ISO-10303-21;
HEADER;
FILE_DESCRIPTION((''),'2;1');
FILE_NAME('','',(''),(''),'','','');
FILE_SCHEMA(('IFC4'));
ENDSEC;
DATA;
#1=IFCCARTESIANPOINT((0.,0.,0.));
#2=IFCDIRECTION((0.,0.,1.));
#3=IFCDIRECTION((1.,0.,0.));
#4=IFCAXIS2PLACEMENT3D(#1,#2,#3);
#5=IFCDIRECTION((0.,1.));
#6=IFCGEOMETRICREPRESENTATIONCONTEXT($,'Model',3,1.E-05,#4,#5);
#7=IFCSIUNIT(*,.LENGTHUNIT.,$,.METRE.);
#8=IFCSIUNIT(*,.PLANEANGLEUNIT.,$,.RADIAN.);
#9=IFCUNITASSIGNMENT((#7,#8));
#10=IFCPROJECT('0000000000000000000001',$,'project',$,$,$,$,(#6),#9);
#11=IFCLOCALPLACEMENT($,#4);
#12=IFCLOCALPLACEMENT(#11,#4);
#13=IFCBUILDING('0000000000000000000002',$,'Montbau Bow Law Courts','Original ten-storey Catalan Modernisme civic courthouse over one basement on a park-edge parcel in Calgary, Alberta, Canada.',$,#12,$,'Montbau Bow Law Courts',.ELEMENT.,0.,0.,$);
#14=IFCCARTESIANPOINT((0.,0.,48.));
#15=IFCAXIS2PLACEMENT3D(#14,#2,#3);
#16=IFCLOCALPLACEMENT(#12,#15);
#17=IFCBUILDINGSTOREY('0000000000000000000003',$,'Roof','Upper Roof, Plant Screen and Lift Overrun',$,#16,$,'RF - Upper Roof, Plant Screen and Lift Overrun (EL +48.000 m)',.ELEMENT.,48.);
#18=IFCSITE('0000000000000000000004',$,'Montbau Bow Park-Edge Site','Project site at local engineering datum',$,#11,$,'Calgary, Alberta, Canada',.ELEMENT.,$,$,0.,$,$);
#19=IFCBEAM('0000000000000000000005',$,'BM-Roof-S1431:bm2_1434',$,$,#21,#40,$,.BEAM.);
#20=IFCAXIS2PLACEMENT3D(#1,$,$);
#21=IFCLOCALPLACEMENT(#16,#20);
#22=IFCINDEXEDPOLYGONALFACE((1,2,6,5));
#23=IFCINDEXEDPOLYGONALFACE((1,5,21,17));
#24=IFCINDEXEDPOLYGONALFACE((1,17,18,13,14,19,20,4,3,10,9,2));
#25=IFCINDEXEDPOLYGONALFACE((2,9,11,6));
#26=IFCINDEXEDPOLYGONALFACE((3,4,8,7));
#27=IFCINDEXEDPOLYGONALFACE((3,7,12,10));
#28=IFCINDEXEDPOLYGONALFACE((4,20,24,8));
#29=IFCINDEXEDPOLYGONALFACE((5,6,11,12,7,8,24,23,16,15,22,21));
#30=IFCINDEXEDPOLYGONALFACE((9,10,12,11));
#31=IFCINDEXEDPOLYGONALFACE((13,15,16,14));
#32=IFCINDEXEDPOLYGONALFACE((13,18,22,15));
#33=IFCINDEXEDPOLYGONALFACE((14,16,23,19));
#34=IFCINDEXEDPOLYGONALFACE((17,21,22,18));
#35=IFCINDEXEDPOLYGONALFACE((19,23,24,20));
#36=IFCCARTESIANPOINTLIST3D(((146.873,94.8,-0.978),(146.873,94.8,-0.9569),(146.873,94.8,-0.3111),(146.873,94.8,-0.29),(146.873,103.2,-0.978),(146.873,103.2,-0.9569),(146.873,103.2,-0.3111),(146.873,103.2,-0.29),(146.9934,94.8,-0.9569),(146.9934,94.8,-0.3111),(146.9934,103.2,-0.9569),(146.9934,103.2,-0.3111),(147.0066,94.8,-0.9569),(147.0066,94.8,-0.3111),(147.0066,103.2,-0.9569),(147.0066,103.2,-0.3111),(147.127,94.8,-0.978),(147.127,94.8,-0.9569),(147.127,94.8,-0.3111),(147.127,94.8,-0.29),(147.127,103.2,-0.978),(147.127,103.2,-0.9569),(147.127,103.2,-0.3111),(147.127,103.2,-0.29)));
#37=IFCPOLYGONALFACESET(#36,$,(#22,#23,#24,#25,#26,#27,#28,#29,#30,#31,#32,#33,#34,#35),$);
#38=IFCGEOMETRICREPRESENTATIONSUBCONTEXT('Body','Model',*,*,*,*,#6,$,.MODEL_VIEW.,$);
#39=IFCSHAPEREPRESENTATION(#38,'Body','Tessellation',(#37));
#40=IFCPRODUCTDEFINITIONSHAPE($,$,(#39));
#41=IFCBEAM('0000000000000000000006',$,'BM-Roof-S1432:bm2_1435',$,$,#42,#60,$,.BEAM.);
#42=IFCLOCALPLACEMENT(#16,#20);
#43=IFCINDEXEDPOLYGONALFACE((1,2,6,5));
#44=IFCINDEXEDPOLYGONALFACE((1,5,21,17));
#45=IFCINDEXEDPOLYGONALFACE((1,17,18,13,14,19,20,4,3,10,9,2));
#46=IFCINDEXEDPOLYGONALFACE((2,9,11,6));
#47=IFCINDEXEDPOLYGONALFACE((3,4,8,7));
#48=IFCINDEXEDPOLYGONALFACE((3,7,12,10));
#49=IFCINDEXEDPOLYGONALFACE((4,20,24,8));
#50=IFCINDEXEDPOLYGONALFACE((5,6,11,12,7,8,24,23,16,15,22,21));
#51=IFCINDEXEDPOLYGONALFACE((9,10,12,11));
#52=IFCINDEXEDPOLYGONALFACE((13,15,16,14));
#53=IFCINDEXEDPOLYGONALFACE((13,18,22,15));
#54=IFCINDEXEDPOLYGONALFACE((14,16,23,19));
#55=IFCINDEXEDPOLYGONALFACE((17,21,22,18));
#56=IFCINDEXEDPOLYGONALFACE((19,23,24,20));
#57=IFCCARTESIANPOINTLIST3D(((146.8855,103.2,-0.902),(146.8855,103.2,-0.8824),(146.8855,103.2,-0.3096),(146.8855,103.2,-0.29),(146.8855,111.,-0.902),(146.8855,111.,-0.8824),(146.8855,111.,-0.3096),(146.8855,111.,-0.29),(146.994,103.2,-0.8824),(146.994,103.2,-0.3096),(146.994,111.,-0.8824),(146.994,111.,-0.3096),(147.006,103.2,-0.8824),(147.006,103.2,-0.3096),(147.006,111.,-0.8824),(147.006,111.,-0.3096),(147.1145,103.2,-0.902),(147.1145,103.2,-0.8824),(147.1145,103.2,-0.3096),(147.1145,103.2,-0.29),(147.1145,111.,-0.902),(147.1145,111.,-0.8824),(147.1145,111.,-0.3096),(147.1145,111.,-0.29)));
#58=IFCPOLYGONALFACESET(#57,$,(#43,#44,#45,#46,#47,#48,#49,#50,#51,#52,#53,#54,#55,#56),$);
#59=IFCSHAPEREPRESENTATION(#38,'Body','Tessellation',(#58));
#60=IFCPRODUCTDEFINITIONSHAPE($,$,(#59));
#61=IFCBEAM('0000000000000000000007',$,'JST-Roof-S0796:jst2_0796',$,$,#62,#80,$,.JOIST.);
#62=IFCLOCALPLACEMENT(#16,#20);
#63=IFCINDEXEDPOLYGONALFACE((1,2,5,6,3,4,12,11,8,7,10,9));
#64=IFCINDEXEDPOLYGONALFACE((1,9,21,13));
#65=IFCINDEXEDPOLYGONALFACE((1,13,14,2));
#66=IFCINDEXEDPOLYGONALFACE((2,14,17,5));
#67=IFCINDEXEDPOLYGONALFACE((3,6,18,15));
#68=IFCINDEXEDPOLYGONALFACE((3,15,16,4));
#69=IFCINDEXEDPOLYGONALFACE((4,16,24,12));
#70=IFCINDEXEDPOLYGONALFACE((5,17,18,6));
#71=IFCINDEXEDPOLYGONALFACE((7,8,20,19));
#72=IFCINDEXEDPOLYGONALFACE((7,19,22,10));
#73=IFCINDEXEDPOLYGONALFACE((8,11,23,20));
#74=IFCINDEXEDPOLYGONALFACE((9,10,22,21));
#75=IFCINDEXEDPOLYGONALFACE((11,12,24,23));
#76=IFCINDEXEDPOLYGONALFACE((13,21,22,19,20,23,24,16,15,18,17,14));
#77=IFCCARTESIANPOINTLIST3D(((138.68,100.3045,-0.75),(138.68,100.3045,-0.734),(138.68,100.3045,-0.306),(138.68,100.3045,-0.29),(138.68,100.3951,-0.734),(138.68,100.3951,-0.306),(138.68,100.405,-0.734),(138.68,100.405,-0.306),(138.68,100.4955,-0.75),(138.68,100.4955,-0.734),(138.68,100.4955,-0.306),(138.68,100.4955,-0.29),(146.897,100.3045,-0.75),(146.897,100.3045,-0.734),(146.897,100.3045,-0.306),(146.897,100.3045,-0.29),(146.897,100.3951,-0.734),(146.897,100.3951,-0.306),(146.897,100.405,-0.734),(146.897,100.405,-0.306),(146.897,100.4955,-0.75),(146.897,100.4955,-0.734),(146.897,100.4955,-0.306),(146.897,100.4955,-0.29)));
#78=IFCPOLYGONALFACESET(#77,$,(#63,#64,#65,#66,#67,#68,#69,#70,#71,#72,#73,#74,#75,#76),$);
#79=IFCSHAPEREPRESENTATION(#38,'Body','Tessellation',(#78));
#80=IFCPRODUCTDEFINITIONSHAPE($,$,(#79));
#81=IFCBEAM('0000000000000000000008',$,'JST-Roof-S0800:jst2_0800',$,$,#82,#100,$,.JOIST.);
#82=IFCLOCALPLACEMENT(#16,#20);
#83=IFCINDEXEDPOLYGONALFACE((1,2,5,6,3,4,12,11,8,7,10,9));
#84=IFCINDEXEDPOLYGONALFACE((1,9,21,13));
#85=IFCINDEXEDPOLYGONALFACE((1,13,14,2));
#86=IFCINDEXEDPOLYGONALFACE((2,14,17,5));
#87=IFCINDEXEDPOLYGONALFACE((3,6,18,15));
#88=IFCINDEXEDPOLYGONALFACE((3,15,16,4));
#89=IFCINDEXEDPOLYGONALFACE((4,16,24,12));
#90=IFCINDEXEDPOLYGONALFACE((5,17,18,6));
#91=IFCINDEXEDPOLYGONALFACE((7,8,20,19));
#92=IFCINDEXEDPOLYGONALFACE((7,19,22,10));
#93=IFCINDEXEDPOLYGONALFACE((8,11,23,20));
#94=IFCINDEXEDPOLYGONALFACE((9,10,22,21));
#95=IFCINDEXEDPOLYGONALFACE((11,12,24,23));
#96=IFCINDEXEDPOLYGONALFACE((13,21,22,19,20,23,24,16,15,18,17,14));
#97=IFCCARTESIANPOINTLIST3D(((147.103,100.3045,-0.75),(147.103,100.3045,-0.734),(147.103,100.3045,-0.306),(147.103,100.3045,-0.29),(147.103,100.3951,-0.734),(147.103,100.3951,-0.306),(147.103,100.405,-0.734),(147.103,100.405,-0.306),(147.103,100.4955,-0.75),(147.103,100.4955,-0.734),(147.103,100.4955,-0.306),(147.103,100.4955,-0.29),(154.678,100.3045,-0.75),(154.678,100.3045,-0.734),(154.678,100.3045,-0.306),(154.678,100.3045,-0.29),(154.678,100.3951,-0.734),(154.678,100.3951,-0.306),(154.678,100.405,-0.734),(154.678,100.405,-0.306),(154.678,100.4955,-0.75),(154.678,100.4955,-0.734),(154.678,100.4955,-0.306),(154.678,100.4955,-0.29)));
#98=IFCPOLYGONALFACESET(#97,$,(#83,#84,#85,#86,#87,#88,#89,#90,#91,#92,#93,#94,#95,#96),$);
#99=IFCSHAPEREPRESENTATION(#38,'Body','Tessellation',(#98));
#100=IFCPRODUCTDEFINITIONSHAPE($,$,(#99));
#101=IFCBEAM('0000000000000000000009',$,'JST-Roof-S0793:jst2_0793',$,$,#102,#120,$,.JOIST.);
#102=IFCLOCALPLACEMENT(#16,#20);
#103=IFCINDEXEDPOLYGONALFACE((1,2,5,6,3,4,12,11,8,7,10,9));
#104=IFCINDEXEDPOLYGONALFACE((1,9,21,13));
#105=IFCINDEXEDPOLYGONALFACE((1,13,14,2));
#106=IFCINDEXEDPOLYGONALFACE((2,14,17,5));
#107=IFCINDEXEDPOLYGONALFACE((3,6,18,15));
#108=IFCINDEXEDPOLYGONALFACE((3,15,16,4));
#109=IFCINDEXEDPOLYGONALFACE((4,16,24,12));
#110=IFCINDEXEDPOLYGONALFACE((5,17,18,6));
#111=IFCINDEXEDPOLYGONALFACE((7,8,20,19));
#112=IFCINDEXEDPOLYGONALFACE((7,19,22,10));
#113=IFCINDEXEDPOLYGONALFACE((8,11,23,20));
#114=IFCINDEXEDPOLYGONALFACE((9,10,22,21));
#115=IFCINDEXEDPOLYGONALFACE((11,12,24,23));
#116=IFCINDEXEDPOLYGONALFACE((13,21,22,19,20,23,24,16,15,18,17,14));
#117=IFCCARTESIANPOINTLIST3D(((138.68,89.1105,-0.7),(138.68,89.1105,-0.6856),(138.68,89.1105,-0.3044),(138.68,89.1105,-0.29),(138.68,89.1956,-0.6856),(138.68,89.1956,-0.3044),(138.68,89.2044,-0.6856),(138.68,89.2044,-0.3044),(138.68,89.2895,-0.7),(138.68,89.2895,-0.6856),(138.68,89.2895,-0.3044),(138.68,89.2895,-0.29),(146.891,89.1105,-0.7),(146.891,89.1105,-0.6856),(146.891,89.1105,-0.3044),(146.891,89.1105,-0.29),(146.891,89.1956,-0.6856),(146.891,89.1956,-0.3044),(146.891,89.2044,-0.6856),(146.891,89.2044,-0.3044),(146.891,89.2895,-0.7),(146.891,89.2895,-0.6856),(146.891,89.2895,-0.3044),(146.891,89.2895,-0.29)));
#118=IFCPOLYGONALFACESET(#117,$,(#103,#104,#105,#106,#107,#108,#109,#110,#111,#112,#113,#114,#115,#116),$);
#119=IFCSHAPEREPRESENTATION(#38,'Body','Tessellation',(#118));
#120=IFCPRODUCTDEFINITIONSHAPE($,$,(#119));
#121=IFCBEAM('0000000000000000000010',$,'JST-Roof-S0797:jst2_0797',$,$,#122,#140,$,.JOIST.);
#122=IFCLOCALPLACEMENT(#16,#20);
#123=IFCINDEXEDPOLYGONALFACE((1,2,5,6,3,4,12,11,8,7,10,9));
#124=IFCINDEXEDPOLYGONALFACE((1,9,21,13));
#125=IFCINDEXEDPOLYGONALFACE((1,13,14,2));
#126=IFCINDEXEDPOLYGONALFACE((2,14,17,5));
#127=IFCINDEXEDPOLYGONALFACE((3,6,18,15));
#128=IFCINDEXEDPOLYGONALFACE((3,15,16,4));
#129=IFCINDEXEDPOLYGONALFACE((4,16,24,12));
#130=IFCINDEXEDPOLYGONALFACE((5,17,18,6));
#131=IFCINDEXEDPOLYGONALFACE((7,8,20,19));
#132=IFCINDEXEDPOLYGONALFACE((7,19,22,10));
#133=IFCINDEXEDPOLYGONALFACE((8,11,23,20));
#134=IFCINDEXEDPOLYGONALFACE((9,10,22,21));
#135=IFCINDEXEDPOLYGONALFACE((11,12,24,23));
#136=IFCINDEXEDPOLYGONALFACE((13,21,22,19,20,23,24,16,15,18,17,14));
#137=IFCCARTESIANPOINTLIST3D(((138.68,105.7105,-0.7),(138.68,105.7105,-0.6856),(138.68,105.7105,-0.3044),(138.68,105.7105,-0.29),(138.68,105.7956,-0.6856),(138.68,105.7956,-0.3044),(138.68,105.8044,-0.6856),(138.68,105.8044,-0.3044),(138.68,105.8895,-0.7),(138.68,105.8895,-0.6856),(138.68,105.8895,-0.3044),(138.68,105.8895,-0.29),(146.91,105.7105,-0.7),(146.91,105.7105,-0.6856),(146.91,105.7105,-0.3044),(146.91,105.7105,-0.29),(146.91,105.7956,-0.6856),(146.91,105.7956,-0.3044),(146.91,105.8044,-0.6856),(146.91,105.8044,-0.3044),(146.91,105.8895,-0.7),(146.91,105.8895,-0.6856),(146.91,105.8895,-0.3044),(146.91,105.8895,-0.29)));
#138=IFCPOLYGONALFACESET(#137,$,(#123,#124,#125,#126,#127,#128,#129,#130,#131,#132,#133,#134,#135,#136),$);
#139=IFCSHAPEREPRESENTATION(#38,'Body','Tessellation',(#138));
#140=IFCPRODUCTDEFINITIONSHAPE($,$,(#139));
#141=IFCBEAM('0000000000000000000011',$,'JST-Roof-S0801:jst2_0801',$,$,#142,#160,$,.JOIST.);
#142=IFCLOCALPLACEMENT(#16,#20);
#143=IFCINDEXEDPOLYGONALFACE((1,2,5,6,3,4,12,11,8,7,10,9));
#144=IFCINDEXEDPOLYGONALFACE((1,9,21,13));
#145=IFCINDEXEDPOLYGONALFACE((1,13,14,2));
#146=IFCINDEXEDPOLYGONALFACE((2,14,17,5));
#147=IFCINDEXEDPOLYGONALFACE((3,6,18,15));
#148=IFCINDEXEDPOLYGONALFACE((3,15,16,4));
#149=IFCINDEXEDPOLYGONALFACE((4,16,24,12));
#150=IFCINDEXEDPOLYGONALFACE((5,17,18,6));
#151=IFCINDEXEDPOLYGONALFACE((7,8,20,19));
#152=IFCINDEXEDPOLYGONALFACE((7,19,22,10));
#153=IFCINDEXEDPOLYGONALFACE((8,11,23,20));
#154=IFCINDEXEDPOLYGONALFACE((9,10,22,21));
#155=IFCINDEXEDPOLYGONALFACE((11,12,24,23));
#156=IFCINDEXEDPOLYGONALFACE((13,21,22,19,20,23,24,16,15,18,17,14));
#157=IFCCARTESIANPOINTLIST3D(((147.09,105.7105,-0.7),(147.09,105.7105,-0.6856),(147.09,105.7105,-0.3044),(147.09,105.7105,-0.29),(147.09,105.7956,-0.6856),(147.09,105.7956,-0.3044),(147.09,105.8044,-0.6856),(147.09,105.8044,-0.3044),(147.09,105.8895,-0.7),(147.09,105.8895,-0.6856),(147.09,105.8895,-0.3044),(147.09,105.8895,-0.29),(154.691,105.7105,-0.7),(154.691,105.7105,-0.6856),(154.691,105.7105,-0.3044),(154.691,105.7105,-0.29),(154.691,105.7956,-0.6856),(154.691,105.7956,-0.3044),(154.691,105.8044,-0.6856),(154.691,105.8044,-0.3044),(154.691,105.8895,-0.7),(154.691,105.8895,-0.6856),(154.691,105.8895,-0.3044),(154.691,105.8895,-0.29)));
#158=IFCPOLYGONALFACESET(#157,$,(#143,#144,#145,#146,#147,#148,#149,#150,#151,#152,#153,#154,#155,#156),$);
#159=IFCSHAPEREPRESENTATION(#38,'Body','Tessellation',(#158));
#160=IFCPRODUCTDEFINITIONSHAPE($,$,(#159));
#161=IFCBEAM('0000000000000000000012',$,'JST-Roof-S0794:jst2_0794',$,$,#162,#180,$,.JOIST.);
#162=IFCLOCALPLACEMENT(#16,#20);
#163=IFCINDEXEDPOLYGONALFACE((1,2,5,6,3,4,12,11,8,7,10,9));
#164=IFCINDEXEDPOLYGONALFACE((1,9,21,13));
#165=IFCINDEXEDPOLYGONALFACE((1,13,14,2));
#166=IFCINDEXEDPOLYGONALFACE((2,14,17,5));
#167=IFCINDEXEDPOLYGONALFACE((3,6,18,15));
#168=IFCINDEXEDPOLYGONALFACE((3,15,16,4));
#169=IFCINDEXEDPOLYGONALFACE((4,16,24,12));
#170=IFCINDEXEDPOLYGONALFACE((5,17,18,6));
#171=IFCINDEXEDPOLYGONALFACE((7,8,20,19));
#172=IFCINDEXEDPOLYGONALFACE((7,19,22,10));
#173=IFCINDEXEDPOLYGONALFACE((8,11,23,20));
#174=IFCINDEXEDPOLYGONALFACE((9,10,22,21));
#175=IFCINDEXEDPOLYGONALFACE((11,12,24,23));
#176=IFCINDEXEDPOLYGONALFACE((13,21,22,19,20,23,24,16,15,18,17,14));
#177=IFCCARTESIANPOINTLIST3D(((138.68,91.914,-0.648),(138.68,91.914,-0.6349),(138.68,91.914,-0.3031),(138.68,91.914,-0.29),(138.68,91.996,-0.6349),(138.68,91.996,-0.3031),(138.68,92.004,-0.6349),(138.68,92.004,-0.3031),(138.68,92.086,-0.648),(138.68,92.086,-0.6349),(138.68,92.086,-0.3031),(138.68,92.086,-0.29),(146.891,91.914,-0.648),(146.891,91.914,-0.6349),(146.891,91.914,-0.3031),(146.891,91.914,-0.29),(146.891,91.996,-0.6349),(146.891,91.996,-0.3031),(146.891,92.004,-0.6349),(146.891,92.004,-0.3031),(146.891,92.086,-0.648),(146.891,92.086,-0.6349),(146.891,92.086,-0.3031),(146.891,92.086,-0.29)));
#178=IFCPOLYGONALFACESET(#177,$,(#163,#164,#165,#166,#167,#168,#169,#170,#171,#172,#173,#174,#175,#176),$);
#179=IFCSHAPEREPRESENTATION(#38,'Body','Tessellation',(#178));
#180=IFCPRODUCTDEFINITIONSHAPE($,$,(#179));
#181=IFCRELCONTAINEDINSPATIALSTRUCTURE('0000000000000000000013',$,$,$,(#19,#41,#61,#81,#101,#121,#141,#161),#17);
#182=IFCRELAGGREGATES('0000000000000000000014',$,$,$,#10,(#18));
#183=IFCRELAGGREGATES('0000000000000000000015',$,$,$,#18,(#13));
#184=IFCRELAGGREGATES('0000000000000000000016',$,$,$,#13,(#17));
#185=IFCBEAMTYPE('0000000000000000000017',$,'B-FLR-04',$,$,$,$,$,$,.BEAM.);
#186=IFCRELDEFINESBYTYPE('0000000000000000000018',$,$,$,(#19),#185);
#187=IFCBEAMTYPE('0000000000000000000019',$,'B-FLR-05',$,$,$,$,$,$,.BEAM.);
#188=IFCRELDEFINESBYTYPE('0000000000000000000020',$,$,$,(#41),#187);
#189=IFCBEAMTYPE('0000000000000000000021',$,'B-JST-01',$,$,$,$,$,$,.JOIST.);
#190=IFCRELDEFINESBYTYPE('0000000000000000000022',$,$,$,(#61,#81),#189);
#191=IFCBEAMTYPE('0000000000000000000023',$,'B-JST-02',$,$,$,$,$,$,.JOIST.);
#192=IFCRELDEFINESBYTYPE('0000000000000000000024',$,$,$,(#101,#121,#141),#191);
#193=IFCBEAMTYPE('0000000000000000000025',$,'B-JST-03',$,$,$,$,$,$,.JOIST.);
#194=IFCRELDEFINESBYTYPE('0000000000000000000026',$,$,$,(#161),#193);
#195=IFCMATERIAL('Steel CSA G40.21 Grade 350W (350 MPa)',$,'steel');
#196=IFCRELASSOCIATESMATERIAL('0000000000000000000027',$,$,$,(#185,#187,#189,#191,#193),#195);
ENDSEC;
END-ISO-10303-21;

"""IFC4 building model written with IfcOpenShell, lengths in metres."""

from ifc_helpers import new_model, si_unit, direction, frame, origin_with_axes, origin_2d_with_axis, place, context, subcontext, project, spatial, i_section, extrude, material, material_profile, profile_set, type_object, element, save


model = new_model("IFC4")

# Units and contexts
model_context = context("Model", 3, precision=1e-05, world=origin_with_axes(), true_north=direction((0.0, 1.0)))
body_context = subcontext(model_context, "Body", "Model", "MODEL_VIEW")
ifc_project = project(units=[si_unit("LENGTHUNIT", "METRE"), si_unit("PLANEANGLEUNIT", "RADIAN")], contexts=[model_context])

# Site, building, storey
site_placement = place(None, origin_with_axes())
site = spatial("IfcSite", under=ifc_project, at=site_placement, Name="Montbau Bow Park-Edge Site", Description="Project site at local engineering datum", LongName="Calgary, Alberta, Canada", CompositionType="ELEMENT", RefElevation=0.0)
building_placement = place(site_placement, origin_with_axes())
building = spatial("IfcBuilding", under=site, at=building_placement, Name="Montbau Bow Law Courts", Description="Original ten-storey Catalan Modernisme civic courthouse over one basement on a park-edge parcel in Calgary, Alberta, Canada.", LongName="Montbau Bow Law Courts", CompositionType="ELEMENT", ElevationOfRefHeight=0.0, ElevationOfTerrain=0.0)
storey_placement = place(building_placement, frame((0.0, 0.0, 48.0), z_axis=(0.0, 0.0, 1.0), x_axis=(1.0, 0.0, 0.0)))
storey = spatial("IfcBuildingStorey", under=building, at=storey_placement, Name="Roof", Description="Upper Roof, Plant Screen and Lift Overrun", LongName="RF - Upper Roof, Plant Screen and Lift Overrun (EL +48.000 m)", CompositionType="ELEMENT", Elevation=48.0)

# Shared definitions
ifc_material_1 = material(Name="Steel CSA G40.21 Grade 350W (350 MPa)", Category="steel")

# Beams
ifc_material_profile_1 = material_profile(ifc_material_1, i_section(OverallWidth=0.254, OverallDepth=0.688, WebThickness=0.0131, FlangeThickness=0.0211, at=origin_2d_with_axis()), Name="W690X152", Category="Main", Priority=0)
ifc_profile_set_1 = profile_set([ifc_material_profile_1], Name="Steel CSA G40.21 Grade 350W (350 MPa)")
beam_type_1 = type_object("IfcBeamType", Name="B-FLR-04", PredefinedType="BEAM", material=ifc_profile_set_1)
beam_1_placement = place(None, frame((147.0, 94.8, 47.366), z_axis=(0.0, 1.0, 0.0), x_axis=(-1.0, 0.0, 0.0)))
element("IfcBeam", 1, at=beam_1_placement, inside=storey, type_object=beam_type_1, Name="BM-Roof-S1431:bm2_1434", PredefinedType="BEAM", context=body_context, shape_type="SweptSolid", body=[
    extrude(i_section(OverallWidth=0.254, OverallDepth=0.688, WebThickness=0.0131, FlangeThickness=0.0211, at=origin_2d_with_axis()), origin_with_axes(), (0.0, 0.0, 1.0), 8.4),
])
ifc_material_profile_2 = material_profile(ifc_material_1, i_section(OverallWidth=0.229, OverallDepth=0.612, WebThickness=0.0119, FlangeThickness=0.0196, at=origin_2d_with_axis()), Name="W610X125", Category="Main", Priority=0)
ifc_profile_set_2 = profile_set([ifc_material_profile_2], Name="Steel CSA G40.21 Grade 350W (350 MPa)")
beam_type_2 = type_object("IfcBeamType", Name="B-FLR-05", PredefinedType="BEAM", material=ifc_profile_set_2)
beam_2_placement = place(None, frame((147.0, 103.2, 47.404), z_axis=(0.0, 1.0, 0.0), x_axis=(-1.0, 0.0, 0.0)))
element("IfcBeam", 2, at=beam_2_placement, inside=storey, type_object=beam_type_2, Name="BM-Roof-S1432:bm2_1435", PredefinedType="BEAM", context=body_context, shape_type="SweptSolid", body=[
    extrude(i_section(OverallWidth=0.229, OverallDepth=0.612, WebThickness=0.0119, FlangeThickness=0.0196, at=origin_2d_with_axis()), origin_with_axes(), (0.0, 0.0, 1.0), 7.8),
])
ifc_material_profile_3 = material_profile(ifc_material_1, i_section(OverallWidth=0.191, OverallDepth=0.46, WebThickness=0.0099, FlangeThickness=0.016, at=origin_2d_with_axis()), Name="W460X82", Category="Main", Priority=0)
ifc_profile_set_3 = profile_set([ifc_material_profile_3], Name="Steel CSA G40.21 Grade 350W (350 MPa)")
beam_type_3 = type_object("IfcBeamType", Name="B-JST-01", PredefinedType="JOIST", material=ifc_profile_set_3)
beam_3_placement = place(None, frame((138.68, 100.4, 47.48), z_axis=(1.0, 0.0, 0.0), x_axis=(0.0, 1.0, 0.0)))
element("IfcBeam", 3, at=beam_3_placement, inside=storey, type_object=beam_type_3, Name="JST-Roof-S0796:jst2_0796", PredefinedType="JOIST", context=body_context, shape_type="SweptSolid", body=[
    extrude(i_section(OverallWidth=0.191, OverallDepth=0.46, WebThickness=0.0099, FlangeThickness=0.016, at=origin_2d_with_axis()), origin_with_axes(), (0.0, 0.0, 1.0), 8.217),
])
beam_4_placement = place(None, frame((147.103, 100.4, 47.48), z_axis=(1.0, 0.0, 0.0), x_axis=(0.0, 1.0, 0.0)))
element("IfcBeam", 4, at=beam_4_placement, inside=storey, type_object=beam_type_3, Name="JST-Roof-S0800:jst2_0800", PredefinedType="JOIST", context=body_context, shape_type="SweptSolid", body=[
    extrude(i_section(OverallWidth=0.191, OverallDepth=0.46, WebThickness=0.0099, FlangeThickness=0.016, at=origin_2d_with_axis()), origin_with_axes(), (0.0, 0.0, 1.0), 7.575),
])
ifc_material_profile_4 = material_profile(ifc_material_1, i_section(OverallWidth=0.179, OverallDepth=0.41, WebThickness=0.0088, FlangeThickness=0.0144, at=origin_2d_with_axis()), Name="W410X67", Category="Main", Priority=0)
ifc_profile_set_4 = profile_set([ifc_material_profile_4], Name="Steel CSA G40.21 Grade 350W (350 MPa)")
beam_type_4 = type_object("IfcBeamType", Name="B-JST-02", PredefinedType="JOIST", material=ifc_profile_set_4)
beam_5_placement = place(None, frame((138.68, 89.2, 47.505), z_axis=(1.0, 0.0, 0.0), x_axis=(0.0, 1.0, 0.0)))
element("IfcBeam", 5, at=beam_5_placement, inside=storey, type_object=beam_type_4, Name="JST-Roof-S0793:jst2_0793", PredefinedType="JOIST", context=body_context, shape_type="SweptSolid", body=[
    extrude(i_section(OverallWidth=0.179, OverallDepth=0.41, WebThickness=0.0088, FlangeThickness=0.0144, at=origin_2d_with_axis()), origin_with_axes(), (0.0, 0.0, 1.0), 8.211),
])
beam_6_placement = place(None, frame((138.68, 105.8, 47.505), z_axis=(1.0, 0.0, 0.0), x_axis=(0.0, 1.0, 0.0)))
element("IfcBeam", 6, at=beam_6_placement, inside=storey, type_object=beam_type_4, Name="JST-Roof-S0797:jst2_0797", PredefinedType="JOIST", context=body_context, shape_type="SweptSolid", body=[
    extrude(i_section(OverallWidth=0.179, OverallDepth=0.41, WebThickness=0.0088, FlangeThickness=0.0144, at=origin_2d_with_axis()), origin_with_axes(), (0.0, 0.0, 1.0), 8.23),
])
beam_7_placement = place(None, frame((147.09, 105.8, 47.505), z_axis=(1.0, 0.0, 0.0), x_axis=(0.0, 1.0, 0.0)))
element("IfcBeam", 7, at=beam_7_placement, inside=storey, type_object=beam_type_4, Name="JST-Roof-S0801:jst2_0801", PredefinedType="JOIST", context=body_context, shape_type="SweptSolid", body=[
    extrude(i_section(OverallWidth=0.179, OverallDepth=0.41, WebThickness=0.0088, FlangeThickness=0.0144, at=origin_2d_with_axis()), origin_with_axes(), (0.0, 0.0, 1.0), 7.601),
])
ifc_material_profile_5 = material_profile(ifc_material_1, i_section(OverallWidth=0.172, OverallDepth=0.358, WebThickness=0.0079, FlangeThickness=0.0131, at=origin_2d_with_axis()), Name="W360X57", Category="Main", Priority=0)
ifc_profile_set_5 = profile_set([ifc_material_profile_5], Name="Steel CSA G40.21 Grade 350W (350 MPa)")
beam_type_5 = type_object("IfcBeamType", Name="B-JST-03", PredefinedType="JOIST", material=ifc_profile_set_5)
beam_8_placement = place(None, frame((138.68, 92.0, 47.531), z_axis=(1.0, 0.0, 0.0), x_axis=(0.0, 1.0, 0.0)))
element("IfcBeam", 8, at=beam_8_placement, inside=storey, type_object=beam_type_5, Name="JST-Roof-S0794:jst2_0794", PredefinedType="JOIST", context=body_context, shape_type="SweptSolid", body=[
    extrude(i_section(OverallWidth=0.172, OverallDepth=0.358, WebThickness=0.0079, FlangeThickness=0.0131, at=origin_2d_with_axis()), origin_with_axes(), (0.0, 0.0, 1.0), 8.211),
])

save(model, "model.ifc")
